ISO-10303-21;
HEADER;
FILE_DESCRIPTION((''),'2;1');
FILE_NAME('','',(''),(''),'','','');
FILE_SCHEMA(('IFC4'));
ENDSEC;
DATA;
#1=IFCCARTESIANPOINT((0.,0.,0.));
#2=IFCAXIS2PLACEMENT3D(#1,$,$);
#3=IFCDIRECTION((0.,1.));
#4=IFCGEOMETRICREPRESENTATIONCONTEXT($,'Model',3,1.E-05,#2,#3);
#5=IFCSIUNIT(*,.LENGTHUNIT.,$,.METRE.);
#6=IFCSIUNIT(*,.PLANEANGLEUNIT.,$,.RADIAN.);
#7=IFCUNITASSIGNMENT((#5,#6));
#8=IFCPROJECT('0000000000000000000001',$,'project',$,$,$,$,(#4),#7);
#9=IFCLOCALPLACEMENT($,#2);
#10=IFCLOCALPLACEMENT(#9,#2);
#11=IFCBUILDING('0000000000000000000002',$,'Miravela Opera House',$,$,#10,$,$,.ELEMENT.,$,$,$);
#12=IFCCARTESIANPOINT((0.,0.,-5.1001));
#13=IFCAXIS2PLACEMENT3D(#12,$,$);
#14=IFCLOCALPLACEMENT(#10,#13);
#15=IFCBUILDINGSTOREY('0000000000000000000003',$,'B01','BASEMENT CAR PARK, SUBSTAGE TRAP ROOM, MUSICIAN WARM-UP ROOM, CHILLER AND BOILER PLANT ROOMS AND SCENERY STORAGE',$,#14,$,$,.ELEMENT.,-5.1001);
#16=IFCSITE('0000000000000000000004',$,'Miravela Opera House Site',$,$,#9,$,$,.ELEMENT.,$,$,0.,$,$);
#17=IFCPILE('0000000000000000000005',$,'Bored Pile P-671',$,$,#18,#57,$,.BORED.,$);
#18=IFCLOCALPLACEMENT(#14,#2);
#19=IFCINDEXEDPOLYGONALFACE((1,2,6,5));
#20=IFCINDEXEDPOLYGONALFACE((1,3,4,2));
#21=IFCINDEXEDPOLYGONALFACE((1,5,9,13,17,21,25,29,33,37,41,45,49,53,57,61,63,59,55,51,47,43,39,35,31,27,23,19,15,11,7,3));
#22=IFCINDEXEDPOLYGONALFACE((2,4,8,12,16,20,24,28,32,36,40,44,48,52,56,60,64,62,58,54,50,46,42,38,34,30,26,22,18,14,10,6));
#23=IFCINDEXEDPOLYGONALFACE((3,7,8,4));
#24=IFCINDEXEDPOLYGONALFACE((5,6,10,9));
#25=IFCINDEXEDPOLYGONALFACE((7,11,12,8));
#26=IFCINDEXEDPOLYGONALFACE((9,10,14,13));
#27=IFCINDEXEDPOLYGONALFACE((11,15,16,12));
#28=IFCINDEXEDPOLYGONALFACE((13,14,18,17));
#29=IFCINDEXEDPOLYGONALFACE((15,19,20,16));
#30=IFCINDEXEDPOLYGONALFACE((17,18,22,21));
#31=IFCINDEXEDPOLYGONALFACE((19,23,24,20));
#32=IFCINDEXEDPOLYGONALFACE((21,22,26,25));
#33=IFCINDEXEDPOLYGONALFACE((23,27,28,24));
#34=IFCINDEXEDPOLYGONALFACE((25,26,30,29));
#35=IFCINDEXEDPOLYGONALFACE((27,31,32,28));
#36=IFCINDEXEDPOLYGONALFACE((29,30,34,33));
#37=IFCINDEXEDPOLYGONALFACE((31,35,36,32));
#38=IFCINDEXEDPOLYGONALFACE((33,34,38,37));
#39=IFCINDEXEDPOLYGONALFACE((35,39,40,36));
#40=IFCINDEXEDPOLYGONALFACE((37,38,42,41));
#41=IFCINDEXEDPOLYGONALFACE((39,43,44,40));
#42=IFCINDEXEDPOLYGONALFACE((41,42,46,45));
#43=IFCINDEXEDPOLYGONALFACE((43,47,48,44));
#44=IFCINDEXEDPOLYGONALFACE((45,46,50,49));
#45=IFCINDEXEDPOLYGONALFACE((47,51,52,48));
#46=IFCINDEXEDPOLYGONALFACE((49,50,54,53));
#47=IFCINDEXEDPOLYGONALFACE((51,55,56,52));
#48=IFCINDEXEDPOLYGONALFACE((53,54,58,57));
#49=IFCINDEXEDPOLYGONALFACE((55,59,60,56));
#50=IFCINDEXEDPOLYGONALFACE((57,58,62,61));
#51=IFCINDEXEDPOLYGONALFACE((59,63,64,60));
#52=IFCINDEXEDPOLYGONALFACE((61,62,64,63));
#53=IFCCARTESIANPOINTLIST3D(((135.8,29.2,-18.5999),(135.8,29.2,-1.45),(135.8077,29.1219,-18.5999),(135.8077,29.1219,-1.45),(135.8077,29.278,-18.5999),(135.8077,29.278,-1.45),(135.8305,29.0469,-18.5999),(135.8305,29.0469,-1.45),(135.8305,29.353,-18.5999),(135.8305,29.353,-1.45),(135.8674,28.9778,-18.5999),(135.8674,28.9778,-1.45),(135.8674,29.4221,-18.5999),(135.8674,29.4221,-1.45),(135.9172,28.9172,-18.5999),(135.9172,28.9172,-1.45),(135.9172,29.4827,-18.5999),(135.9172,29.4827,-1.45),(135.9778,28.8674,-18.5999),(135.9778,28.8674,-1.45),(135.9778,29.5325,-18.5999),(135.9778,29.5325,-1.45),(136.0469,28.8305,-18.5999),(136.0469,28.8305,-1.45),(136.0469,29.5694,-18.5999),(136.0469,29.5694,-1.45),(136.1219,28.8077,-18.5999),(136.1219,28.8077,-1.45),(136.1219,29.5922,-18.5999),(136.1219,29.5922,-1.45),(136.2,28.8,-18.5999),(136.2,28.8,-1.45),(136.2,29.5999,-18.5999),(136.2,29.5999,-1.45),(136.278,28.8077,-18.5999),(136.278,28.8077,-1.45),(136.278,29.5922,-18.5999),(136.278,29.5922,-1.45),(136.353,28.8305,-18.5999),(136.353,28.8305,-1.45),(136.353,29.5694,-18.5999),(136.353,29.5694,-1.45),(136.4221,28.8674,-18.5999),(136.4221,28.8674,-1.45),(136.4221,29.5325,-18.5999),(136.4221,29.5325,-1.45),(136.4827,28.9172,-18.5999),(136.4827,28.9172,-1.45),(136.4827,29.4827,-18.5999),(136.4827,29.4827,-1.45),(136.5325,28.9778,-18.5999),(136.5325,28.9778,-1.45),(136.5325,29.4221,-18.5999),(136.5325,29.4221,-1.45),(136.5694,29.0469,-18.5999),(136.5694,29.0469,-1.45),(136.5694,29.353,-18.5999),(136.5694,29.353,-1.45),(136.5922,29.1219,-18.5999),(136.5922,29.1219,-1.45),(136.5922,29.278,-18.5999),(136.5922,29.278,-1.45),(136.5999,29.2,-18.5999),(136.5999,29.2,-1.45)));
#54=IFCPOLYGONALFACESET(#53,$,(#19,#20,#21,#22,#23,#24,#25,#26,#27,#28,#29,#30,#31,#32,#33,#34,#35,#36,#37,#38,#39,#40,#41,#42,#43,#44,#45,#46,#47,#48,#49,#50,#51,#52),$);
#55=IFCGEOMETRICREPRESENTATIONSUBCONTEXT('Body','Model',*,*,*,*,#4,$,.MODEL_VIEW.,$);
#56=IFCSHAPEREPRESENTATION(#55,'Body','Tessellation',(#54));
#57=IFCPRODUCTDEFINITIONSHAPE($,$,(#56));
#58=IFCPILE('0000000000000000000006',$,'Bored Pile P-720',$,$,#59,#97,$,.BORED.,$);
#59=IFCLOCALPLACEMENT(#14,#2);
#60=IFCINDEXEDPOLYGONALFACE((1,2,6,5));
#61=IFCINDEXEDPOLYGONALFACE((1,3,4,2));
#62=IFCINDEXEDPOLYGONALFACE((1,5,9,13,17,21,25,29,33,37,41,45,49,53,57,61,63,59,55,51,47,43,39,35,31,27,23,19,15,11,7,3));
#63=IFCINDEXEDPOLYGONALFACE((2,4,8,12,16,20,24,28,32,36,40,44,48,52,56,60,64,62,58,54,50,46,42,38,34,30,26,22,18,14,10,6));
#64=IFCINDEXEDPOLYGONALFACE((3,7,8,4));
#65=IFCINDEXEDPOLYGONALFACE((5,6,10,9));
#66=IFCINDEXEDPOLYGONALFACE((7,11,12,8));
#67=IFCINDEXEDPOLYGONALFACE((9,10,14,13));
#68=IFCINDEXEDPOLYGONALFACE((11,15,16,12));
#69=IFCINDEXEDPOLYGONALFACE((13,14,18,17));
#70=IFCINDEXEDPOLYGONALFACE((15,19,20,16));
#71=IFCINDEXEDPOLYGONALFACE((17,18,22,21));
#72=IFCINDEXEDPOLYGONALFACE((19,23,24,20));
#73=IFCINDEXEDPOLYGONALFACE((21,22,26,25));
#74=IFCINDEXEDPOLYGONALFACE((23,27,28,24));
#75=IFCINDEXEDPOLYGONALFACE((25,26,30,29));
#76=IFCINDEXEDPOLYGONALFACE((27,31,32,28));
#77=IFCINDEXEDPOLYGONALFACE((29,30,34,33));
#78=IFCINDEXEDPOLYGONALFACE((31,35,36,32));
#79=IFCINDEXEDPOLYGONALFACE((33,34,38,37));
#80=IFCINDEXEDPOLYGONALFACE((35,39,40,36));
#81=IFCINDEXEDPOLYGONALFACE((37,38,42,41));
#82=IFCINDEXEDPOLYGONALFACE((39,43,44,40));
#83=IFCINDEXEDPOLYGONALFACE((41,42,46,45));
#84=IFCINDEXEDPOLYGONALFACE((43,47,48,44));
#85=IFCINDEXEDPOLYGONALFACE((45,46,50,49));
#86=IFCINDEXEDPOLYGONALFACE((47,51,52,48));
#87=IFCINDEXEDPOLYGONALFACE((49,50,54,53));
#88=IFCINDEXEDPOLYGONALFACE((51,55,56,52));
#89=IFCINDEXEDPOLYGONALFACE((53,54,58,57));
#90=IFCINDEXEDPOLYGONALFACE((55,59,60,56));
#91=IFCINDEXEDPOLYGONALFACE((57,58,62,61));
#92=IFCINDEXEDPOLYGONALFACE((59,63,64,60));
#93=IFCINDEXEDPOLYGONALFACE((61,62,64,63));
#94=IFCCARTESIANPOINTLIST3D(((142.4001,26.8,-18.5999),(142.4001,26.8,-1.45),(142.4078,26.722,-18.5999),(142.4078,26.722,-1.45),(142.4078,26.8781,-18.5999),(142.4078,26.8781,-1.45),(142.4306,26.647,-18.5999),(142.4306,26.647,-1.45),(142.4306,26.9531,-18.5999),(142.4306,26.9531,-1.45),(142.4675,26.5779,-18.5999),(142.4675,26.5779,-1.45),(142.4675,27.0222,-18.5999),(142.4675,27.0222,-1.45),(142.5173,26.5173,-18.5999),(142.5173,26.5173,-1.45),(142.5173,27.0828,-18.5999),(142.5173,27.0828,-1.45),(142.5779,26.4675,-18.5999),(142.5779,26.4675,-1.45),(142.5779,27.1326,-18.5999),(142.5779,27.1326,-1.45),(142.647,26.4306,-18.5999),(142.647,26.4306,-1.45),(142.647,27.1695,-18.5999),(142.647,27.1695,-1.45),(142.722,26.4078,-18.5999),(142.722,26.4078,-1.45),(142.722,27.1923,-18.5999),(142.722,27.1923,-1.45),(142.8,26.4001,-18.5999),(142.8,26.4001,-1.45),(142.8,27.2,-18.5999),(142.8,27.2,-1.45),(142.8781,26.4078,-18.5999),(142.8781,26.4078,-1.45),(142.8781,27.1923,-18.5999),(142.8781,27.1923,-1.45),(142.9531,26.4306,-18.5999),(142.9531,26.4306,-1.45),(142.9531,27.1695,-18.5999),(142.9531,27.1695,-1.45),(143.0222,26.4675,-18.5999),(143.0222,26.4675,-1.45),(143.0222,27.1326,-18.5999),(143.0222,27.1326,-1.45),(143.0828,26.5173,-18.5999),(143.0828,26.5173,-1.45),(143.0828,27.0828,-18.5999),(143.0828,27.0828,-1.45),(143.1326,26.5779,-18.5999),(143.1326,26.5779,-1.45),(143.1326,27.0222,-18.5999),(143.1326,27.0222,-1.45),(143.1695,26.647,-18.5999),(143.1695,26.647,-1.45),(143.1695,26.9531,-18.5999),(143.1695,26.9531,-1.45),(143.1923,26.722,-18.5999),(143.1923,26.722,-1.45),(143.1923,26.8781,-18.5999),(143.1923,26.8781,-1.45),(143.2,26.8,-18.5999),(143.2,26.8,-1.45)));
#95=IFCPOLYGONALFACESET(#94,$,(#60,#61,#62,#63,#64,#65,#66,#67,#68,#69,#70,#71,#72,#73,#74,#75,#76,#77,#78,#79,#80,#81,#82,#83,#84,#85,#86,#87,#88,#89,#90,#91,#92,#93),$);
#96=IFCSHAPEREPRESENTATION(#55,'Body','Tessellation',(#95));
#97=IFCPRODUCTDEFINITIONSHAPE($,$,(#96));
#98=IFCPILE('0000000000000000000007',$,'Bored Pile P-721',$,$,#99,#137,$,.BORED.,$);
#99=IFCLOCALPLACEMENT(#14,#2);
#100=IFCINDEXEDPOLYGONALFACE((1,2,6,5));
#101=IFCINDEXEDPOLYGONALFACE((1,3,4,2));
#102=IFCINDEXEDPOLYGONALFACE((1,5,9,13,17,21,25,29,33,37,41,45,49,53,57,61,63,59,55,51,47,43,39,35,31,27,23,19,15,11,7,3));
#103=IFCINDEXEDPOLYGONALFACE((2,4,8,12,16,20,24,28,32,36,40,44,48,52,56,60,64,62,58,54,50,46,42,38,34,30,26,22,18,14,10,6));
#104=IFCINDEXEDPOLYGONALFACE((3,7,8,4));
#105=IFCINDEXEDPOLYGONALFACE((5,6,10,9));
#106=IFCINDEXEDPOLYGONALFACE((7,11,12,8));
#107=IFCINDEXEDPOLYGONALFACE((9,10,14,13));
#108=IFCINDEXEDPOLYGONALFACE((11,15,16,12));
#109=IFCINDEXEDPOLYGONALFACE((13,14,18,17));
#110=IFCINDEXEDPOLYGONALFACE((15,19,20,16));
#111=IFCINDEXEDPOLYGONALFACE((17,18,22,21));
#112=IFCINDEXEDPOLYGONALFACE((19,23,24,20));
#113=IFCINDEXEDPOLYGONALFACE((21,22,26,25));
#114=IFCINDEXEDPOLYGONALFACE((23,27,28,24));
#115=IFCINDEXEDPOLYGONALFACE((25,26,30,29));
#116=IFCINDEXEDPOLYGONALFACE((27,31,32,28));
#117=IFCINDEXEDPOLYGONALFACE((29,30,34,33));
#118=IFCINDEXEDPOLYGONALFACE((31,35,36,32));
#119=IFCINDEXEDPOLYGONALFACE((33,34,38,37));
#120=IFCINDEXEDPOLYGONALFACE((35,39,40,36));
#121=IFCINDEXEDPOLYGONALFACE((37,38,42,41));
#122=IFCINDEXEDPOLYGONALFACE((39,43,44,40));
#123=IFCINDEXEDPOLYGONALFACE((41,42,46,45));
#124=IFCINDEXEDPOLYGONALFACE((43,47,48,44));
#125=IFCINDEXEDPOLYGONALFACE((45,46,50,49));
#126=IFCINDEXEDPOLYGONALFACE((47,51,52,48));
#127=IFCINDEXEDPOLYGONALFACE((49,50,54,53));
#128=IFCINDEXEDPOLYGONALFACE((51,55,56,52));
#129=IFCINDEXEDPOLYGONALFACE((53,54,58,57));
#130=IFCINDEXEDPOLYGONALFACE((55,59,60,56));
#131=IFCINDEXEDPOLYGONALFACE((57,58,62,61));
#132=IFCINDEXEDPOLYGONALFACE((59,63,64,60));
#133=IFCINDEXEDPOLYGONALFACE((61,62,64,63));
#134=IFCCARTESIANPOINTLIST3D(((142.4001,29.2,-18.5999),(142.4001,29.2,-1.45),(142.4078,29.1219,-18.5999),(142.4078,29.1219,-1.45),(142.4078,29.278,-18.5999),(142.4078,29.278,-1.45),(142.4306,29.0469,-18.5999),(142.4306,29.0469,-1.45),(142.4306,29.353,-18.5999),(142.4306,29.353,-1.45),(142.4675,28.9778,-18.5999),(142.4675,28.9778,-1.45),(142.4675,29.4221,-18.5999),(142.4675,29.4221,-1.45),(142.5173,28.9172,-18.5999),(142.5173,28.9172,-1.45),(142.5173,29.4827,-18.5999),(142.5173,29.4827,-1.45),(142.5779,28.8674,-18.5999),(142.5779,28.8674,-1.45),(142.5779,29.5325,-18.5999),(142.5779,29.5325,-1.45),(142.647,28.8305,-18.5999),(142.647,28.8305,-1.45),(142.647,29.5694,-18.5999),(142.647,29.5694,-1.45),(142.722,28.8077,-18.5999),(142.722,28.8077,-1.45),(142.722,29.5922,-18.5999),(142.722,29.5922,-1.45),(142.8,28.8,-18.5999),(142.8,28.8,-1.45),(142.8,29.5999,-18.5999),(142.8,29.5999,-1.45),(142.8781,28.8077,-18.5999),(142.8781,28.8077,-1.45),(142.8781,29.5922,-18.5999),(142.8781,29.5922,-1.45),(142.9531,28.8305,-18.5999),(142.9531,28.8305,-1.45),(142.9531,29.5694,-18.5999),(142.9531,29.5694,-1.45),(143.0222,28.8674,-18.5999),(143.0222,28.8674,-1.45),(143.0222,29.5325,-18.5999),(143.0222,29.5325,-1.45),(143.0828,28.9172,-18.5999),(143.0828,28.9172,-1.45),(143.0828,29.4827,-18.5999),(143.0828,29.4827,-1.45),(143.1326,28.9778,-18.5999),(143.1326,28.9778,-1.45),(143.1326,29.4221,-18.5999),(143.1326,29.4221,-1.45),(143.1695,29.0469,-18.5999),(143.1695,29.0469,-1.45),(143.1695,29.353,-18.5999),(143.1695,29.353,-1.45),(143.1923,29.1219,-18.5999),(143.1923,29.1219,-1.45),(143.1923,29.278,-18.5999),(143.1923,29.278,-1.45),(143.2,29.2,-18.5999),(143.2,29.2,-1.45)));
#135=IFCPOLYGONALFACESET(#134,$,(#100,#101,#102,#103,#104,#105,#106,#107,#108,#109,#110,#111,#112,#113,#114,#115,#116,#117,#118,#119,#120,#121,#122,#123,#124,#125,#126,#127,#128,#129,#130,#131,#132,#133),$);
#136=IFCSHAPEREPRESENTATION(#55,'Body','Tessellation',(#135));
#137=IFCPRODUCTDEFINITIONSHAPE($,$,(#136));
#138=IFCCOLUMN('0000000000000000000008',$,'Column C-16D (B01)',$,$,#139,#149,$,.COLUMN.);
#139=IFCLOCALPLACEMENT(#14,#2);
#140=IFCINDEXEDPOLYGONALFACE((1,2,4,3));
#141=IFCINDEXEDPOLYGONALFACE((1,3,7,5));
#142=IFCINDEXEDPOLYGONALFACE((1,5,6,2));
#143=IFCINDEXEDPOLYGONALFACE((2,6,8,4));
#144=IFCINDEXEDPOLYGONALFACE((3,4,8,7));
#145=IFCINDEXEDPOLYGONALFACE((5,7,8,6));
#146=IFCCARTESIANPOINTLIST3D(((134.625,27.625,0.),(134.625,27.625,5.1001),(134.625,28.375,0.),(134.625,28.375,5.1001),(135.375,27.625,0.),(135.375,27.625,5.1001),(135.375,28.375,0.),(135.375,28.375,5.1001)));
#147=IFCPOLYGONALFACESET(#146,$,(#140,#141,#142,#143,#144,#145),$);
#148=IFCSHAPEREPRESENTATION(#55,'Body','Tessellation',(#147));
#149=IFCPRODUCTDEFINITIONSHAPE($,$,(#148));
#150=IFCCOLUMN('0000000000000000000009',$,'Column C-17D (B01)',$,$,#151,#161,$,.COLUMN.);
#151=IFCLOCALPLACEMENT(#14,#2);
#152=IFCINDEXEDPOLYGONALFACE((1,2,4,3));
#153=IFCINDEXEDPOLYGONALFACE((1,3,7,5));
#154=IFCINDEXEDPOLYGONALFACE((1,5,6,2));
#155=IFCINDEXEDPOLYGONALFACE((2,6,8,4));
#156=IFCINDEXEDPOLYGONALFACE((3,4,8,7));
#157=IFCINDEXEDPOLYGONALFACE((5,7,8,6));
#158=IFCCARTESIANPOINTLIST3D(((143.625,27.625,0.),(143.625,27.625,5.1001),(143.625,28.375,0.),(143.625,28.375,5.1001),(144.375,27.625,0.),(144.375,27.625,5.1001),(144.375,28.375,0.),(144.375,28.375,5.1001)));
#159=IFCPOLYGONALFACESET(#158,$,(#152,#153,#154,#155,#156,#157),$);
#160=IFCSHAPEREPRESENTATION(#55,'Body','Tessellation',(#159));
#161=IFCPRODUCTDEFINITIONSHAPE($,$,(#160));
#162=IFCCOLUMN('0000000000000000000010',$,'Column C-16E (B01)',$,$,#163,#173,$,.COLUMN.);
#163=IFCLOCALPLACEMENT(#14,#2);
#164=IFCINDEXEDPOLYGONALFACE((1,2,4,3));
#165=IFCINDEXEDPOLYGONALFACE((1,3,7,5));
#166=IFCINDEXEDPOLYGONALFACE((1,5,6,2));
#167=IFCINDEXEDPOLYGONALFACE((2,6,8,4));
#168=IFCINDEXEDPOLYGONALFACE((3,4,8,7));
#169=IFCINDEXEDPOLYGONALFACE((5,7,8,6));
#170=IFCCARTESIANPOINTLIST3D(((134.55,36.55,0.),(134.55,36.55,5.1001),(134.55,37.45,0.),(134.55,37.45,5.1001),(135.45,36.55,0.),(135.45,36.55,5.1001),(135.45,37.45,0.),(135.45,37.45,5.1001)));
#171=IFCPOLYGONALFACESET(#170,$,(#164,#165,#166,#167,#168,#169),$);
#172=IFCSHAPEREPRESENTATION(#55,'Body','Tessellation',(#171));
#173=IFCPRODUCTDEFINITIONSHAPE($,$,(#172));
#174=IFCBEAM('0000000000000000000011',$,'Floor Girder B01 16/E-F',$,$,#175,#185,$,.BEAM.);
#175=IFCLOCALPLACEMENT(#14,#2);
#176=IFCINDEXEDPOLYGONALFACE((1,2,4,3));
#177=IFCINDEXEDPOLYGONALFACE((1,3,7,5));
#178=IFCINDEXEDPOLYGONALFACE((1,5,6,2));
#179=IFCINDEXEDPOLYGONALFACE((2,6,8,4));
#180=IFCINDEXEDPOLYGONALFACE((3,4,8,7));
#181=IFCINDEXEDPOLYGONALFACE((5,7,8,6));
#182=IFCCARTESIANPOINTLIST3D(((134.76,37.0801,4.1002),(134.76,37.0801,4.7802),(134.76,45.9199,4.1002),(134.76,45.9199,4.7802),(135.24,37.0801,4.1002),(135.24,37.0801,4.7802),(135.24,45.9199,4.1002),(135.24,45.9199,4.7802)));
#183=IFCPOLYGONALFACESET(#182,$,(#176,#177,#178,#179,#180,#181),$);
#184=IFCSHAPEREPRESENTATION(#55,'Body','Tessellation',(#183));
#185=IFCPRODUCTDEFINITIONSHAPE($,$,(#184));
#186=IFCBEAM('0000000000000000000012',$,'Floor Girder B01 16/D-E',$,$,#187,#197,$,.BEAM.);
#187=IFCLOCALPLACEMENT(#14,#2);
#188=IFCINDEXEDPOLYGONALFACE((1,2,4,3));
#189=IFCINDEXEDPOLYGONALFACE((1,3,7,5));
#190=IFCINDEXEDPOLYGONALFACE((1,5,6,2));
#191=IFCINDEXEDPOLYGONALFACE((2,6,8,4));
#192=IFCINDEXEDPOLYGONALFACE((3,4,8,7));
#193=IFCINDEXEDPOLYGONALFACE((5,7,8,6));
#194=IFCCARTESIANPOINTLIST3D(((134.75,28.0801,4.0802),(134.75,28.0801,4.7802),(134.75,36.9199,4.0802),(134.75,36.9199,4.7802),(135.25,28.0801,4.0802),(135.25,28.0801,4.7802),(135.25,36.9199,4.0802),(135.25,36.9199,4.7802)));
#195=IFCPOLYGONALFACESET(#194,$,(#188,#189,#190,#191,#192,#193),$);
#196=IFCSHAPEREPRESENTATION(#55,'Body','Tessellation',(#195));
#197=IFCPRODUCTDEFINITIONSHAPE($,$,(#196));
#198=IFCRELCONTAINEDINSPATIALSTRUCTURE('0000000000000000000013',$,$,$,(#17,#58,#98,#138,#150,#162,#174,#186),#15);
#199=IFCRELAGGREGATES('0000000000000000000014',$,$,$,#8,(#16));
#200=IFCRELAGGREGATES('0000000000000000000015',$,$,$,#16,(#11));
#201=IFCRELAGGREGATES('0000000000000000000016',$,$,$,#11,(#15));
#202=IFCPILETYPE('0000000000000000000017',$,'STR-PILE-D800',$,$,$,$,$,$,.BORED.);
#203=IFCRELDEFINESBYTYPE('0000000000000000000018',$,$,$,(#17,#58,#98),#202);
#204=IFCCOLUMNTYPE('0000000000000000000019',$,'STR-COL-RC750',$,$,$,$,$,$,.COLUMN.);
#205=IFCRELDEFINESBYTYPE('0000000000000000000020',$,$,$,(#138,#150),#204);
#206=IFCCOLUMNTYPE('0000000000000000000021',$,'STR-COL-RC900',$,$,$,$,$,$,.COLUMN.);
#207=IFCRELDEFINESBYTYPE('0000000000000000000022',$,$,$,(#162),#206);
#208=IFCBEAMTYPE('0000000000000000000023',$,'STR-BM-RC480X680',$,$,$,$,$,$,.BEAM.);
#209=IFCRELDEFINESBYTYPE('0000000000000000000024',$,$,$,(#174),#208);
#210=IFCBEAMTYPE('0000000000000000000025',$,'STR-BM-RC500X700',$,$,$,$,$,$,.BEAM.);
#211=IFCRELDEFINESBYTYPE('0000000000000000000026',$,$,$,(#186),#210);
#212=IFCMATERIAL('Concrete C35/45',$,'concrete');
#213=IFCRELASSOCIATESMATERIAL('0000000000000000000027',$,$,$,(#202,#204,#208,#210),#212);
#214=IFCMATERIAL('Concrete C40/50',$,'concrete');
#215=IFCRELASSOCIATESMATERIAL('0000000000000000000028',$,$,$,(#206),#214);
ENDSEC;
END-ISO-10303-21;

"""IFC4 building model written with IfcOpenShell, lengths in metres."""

from ifc_helpers import new_model, si_unit, direction, frame, origin, origin_2d, place, context, subcontext, project, spatial, rectangle, circle, extrude, material, material_profile, profile_set, type_object, element, save


model = new_model("IFC4")

# Units and contexts
model_context = context("Model", 3, precision=1e-05, world=origin(), true_north=direction((0.0, 1.0)))
body_context = subcontext(model_context, "Body", "Model", "MODEL_VIEW")
ifc_project = project(units=[si_unit("LENGTHUNIT", "METRE"), si_unit("PLANEANGLEUNIT", "RADIAN")], contexts=[model_context])

# Site, building, storey
site_placement = place(None, origin())
site = spatial("IfcSite", under=ifc_project, at=site_placement, Name="Miravela Opera House Site", CompositionType="ELEMENT", RefElevation=0.0)
building_placement = place(site_placement, origin())
building = spatial("IfcBuilding", under=site, at=building_placement, Name="Miravela Opera House", CompositionType="ELEMENT")
storey_placement = place(building_placement, frame((0.0, 0.0, -5.1001)))
storey = spatial("IfcBuildingStorey", under=building, at=storey_placement, Name="B01", Description="BASEMENT CAR PARK, SUBSTAGE TRAP ROOM, MUSICIAN WARM-UP ROOM, CHILLER AND BOILER PLANT ROOMS AND SCENERY STORAGE", CompositionType="ELEMENT", Elevation=-5.1001)

# Shared definitions
ifc_material_1 = material(Name="Concrete C35/45", Category="concrete")

# Piles
ifc_material_profile_1 = material_profile(ifc_material_1, circle(Radius=0.3999, at=origin_2d()), Name="PILE-D800")
ifc_profile_set_1 = profile_set([ifc_material_profile_1])
pile_type_1 = type_object("IfcPileType", Name="STR-PILE-D800", PredefinedType="BORED", material=ifc_profile_set_1)
for number, where, z_axis, x_axis, name in (
    (1, (136.2, 29.2, -1.45), (0.0, 0.0, -1.0), (1.0, 0.0, 0.0), "Bored Pile P-671"),
    (2, (142.8, 26.8, -1.45), (0.0, 0.0, -1.0), (1.0, 0.0, 0.0), "Bored Pile P-720"),
    (3, (142.8, 29.2, -1.45), (0.0, 0.0, -1.0), (1.0, 0.0, 0.0), "Bored Pile P-721"),
):
    element("IfcPile", number, at=place(storey_placement, frame(where, z_axis=z_axis, x_axis=x_axis)), inside=storey, type_object=pile_type_1, Name=name, PredefinedType="BORED", context=body_context, shape_type="SweptSolid", body=[
        extrude(circle(Radius=0.3999, at=origin_2d()), origin(), (0.0, 0.0, 1.0), 17.1499),
    ])

# Columns
ifc_material_profile_2 = material_profile(ifc_material_1, rectangle(XDim=0.75, YDim=0.75, at=origin_2d()), Name="RC-COL-750X750")
ifc_profile_set_2 = profile_set([ifc_material_profile_2])
column_type_1 = type_object("IfcColumnType", Name="STR-COL-RC750", PredefinedType="COLUMN", material=ifc_profile_set_2)
for number, where, z_axis, x_axis, name in (
    (4, (135.0, 28.0, 0.0), (0.0, 0.0, 1.0), (1.0, 0.0, 0.0), "Column C-16D (B01)"),
    (5, (144.0, 28.0, 0.0), (0.0, 0.0, 1.0), (1.0, 0.0, 0.0), "Column C-17D (B01)"),
):
    element("IfcColumn", number, at=place(storey_placement, frame(where, z_axis=z_axis, x_axis=x_axis)), inside=storey, type_object=column_type_1, Name=name, PredefinedType="COLUMN", context=body_context, shape_type="SweptSolid", body=[
        extrude(rectangle(XDim=0.75, YDim=0.75, at=origin_2d()), origin(), (0.0, 0.0, 1.0), 5.1001),
    ])
ifc_material_2 = material(Name="Concrete C40/50", Category="concrete")
ifc_material_profile_3 = material_profile(ifc_material_2, rectangle(XDim=0.8999, YDim=0.8999, at=origin_2d()), Name="RC-COL-900X900")
ifc_profile_set_3 = profile_set([ifc_material_profile_3])
column_type_2 = type_object("IfcColumnType", Name="STR-COL-RC900", PredefinedType="COLUMN", material=ifc_profile_set_3)
column_placement = place(storey_placement, frame((135.0, 37.0, 0.0), z_axis=(0.0, 0.0, 1.0), x_axis=(1.0, 0.0, 0.0)))
element("IfcColumn", 6, at=column_placement, inside=storey, type_object=column_type_2, Name="Column C-16E (B01)", PredefinedType="COLUMN", context=body_context, shape_type="SweptSolid", body=[
    extrude(rectangle(XDim=0.8999, YDim=0.8999, at=origin_2d()), origin(), (0.0, 0.0, 1.0), 5.1001),
])

# Beams
ifc_material_profile_4 = material_profile(ifc_material_1, rectangle(XDim=0.48, YDim=0.6799, at=origin_2d()), Name="RC-BM-480X680")
ifc_profile_set_4 = profile_set([ifc_material_profile_4])
beam_type_1 = type_object("IfcBeamType", Name="STR-BM-RC480X680", PredefinedType="BEAM", material=ifc_profile_set_4)
beam_1_placement = place(storey_placement, frame((135.0, 37.0801, 4.4402), z_axis=(0.0, 1.0, 0.0), x_axis=(-1.0, 0.0, 0.0)))
element("IfcBeam", 7, at=beam_1_placement, inside=storey, type_object=beam_type_1, Name="Floor Girder B01 16/E-F", PredefinedType="BEAM", context=body_context, shape_type="SweptSolid", body=[
    extrude(rectangle(XDim=0.48, YDim=0.6799, at=origin_2d()), origin(), (0.0, 0.0, 1.0), 8.8398),
])
ifc_material_profile_5 = material_profile(ifc_material_1, rectangle(XDim=0.5, YDim=0.7, at=origin_2d()), Name="RC-BM-500X700")
ifc_profile_set_5 = profile_set([ifc_material_profile_5])
beam_type_2 = type_object("IfcBeamType", Name="STR-BM-RC500X700", PredefinedType="BEAM", material=ifc_profile_set_5)
beam_2_placement = place(storey_placement, frame((135.0, 28.0801, 4.4302), z_axis=(0.0, 1.0, 0.0), x_axis=(-1.0, 0.0, 0.0)))
element("IfcBeam", 8, at=beam_2_placement, inside=storey, type_object=beam_type_2, Name="Floor Girder B01 16/D-E", PredefinedType="BEAM", context=body_context, shape_type="SweptSolid", body=[
    extrude(rectangle(XDim=0.5, YDim=0.7, at=origin_2d()), origin(), (0.0, 0.0, 1.0), 8.8398),
])

save(model, "model.ifc")
